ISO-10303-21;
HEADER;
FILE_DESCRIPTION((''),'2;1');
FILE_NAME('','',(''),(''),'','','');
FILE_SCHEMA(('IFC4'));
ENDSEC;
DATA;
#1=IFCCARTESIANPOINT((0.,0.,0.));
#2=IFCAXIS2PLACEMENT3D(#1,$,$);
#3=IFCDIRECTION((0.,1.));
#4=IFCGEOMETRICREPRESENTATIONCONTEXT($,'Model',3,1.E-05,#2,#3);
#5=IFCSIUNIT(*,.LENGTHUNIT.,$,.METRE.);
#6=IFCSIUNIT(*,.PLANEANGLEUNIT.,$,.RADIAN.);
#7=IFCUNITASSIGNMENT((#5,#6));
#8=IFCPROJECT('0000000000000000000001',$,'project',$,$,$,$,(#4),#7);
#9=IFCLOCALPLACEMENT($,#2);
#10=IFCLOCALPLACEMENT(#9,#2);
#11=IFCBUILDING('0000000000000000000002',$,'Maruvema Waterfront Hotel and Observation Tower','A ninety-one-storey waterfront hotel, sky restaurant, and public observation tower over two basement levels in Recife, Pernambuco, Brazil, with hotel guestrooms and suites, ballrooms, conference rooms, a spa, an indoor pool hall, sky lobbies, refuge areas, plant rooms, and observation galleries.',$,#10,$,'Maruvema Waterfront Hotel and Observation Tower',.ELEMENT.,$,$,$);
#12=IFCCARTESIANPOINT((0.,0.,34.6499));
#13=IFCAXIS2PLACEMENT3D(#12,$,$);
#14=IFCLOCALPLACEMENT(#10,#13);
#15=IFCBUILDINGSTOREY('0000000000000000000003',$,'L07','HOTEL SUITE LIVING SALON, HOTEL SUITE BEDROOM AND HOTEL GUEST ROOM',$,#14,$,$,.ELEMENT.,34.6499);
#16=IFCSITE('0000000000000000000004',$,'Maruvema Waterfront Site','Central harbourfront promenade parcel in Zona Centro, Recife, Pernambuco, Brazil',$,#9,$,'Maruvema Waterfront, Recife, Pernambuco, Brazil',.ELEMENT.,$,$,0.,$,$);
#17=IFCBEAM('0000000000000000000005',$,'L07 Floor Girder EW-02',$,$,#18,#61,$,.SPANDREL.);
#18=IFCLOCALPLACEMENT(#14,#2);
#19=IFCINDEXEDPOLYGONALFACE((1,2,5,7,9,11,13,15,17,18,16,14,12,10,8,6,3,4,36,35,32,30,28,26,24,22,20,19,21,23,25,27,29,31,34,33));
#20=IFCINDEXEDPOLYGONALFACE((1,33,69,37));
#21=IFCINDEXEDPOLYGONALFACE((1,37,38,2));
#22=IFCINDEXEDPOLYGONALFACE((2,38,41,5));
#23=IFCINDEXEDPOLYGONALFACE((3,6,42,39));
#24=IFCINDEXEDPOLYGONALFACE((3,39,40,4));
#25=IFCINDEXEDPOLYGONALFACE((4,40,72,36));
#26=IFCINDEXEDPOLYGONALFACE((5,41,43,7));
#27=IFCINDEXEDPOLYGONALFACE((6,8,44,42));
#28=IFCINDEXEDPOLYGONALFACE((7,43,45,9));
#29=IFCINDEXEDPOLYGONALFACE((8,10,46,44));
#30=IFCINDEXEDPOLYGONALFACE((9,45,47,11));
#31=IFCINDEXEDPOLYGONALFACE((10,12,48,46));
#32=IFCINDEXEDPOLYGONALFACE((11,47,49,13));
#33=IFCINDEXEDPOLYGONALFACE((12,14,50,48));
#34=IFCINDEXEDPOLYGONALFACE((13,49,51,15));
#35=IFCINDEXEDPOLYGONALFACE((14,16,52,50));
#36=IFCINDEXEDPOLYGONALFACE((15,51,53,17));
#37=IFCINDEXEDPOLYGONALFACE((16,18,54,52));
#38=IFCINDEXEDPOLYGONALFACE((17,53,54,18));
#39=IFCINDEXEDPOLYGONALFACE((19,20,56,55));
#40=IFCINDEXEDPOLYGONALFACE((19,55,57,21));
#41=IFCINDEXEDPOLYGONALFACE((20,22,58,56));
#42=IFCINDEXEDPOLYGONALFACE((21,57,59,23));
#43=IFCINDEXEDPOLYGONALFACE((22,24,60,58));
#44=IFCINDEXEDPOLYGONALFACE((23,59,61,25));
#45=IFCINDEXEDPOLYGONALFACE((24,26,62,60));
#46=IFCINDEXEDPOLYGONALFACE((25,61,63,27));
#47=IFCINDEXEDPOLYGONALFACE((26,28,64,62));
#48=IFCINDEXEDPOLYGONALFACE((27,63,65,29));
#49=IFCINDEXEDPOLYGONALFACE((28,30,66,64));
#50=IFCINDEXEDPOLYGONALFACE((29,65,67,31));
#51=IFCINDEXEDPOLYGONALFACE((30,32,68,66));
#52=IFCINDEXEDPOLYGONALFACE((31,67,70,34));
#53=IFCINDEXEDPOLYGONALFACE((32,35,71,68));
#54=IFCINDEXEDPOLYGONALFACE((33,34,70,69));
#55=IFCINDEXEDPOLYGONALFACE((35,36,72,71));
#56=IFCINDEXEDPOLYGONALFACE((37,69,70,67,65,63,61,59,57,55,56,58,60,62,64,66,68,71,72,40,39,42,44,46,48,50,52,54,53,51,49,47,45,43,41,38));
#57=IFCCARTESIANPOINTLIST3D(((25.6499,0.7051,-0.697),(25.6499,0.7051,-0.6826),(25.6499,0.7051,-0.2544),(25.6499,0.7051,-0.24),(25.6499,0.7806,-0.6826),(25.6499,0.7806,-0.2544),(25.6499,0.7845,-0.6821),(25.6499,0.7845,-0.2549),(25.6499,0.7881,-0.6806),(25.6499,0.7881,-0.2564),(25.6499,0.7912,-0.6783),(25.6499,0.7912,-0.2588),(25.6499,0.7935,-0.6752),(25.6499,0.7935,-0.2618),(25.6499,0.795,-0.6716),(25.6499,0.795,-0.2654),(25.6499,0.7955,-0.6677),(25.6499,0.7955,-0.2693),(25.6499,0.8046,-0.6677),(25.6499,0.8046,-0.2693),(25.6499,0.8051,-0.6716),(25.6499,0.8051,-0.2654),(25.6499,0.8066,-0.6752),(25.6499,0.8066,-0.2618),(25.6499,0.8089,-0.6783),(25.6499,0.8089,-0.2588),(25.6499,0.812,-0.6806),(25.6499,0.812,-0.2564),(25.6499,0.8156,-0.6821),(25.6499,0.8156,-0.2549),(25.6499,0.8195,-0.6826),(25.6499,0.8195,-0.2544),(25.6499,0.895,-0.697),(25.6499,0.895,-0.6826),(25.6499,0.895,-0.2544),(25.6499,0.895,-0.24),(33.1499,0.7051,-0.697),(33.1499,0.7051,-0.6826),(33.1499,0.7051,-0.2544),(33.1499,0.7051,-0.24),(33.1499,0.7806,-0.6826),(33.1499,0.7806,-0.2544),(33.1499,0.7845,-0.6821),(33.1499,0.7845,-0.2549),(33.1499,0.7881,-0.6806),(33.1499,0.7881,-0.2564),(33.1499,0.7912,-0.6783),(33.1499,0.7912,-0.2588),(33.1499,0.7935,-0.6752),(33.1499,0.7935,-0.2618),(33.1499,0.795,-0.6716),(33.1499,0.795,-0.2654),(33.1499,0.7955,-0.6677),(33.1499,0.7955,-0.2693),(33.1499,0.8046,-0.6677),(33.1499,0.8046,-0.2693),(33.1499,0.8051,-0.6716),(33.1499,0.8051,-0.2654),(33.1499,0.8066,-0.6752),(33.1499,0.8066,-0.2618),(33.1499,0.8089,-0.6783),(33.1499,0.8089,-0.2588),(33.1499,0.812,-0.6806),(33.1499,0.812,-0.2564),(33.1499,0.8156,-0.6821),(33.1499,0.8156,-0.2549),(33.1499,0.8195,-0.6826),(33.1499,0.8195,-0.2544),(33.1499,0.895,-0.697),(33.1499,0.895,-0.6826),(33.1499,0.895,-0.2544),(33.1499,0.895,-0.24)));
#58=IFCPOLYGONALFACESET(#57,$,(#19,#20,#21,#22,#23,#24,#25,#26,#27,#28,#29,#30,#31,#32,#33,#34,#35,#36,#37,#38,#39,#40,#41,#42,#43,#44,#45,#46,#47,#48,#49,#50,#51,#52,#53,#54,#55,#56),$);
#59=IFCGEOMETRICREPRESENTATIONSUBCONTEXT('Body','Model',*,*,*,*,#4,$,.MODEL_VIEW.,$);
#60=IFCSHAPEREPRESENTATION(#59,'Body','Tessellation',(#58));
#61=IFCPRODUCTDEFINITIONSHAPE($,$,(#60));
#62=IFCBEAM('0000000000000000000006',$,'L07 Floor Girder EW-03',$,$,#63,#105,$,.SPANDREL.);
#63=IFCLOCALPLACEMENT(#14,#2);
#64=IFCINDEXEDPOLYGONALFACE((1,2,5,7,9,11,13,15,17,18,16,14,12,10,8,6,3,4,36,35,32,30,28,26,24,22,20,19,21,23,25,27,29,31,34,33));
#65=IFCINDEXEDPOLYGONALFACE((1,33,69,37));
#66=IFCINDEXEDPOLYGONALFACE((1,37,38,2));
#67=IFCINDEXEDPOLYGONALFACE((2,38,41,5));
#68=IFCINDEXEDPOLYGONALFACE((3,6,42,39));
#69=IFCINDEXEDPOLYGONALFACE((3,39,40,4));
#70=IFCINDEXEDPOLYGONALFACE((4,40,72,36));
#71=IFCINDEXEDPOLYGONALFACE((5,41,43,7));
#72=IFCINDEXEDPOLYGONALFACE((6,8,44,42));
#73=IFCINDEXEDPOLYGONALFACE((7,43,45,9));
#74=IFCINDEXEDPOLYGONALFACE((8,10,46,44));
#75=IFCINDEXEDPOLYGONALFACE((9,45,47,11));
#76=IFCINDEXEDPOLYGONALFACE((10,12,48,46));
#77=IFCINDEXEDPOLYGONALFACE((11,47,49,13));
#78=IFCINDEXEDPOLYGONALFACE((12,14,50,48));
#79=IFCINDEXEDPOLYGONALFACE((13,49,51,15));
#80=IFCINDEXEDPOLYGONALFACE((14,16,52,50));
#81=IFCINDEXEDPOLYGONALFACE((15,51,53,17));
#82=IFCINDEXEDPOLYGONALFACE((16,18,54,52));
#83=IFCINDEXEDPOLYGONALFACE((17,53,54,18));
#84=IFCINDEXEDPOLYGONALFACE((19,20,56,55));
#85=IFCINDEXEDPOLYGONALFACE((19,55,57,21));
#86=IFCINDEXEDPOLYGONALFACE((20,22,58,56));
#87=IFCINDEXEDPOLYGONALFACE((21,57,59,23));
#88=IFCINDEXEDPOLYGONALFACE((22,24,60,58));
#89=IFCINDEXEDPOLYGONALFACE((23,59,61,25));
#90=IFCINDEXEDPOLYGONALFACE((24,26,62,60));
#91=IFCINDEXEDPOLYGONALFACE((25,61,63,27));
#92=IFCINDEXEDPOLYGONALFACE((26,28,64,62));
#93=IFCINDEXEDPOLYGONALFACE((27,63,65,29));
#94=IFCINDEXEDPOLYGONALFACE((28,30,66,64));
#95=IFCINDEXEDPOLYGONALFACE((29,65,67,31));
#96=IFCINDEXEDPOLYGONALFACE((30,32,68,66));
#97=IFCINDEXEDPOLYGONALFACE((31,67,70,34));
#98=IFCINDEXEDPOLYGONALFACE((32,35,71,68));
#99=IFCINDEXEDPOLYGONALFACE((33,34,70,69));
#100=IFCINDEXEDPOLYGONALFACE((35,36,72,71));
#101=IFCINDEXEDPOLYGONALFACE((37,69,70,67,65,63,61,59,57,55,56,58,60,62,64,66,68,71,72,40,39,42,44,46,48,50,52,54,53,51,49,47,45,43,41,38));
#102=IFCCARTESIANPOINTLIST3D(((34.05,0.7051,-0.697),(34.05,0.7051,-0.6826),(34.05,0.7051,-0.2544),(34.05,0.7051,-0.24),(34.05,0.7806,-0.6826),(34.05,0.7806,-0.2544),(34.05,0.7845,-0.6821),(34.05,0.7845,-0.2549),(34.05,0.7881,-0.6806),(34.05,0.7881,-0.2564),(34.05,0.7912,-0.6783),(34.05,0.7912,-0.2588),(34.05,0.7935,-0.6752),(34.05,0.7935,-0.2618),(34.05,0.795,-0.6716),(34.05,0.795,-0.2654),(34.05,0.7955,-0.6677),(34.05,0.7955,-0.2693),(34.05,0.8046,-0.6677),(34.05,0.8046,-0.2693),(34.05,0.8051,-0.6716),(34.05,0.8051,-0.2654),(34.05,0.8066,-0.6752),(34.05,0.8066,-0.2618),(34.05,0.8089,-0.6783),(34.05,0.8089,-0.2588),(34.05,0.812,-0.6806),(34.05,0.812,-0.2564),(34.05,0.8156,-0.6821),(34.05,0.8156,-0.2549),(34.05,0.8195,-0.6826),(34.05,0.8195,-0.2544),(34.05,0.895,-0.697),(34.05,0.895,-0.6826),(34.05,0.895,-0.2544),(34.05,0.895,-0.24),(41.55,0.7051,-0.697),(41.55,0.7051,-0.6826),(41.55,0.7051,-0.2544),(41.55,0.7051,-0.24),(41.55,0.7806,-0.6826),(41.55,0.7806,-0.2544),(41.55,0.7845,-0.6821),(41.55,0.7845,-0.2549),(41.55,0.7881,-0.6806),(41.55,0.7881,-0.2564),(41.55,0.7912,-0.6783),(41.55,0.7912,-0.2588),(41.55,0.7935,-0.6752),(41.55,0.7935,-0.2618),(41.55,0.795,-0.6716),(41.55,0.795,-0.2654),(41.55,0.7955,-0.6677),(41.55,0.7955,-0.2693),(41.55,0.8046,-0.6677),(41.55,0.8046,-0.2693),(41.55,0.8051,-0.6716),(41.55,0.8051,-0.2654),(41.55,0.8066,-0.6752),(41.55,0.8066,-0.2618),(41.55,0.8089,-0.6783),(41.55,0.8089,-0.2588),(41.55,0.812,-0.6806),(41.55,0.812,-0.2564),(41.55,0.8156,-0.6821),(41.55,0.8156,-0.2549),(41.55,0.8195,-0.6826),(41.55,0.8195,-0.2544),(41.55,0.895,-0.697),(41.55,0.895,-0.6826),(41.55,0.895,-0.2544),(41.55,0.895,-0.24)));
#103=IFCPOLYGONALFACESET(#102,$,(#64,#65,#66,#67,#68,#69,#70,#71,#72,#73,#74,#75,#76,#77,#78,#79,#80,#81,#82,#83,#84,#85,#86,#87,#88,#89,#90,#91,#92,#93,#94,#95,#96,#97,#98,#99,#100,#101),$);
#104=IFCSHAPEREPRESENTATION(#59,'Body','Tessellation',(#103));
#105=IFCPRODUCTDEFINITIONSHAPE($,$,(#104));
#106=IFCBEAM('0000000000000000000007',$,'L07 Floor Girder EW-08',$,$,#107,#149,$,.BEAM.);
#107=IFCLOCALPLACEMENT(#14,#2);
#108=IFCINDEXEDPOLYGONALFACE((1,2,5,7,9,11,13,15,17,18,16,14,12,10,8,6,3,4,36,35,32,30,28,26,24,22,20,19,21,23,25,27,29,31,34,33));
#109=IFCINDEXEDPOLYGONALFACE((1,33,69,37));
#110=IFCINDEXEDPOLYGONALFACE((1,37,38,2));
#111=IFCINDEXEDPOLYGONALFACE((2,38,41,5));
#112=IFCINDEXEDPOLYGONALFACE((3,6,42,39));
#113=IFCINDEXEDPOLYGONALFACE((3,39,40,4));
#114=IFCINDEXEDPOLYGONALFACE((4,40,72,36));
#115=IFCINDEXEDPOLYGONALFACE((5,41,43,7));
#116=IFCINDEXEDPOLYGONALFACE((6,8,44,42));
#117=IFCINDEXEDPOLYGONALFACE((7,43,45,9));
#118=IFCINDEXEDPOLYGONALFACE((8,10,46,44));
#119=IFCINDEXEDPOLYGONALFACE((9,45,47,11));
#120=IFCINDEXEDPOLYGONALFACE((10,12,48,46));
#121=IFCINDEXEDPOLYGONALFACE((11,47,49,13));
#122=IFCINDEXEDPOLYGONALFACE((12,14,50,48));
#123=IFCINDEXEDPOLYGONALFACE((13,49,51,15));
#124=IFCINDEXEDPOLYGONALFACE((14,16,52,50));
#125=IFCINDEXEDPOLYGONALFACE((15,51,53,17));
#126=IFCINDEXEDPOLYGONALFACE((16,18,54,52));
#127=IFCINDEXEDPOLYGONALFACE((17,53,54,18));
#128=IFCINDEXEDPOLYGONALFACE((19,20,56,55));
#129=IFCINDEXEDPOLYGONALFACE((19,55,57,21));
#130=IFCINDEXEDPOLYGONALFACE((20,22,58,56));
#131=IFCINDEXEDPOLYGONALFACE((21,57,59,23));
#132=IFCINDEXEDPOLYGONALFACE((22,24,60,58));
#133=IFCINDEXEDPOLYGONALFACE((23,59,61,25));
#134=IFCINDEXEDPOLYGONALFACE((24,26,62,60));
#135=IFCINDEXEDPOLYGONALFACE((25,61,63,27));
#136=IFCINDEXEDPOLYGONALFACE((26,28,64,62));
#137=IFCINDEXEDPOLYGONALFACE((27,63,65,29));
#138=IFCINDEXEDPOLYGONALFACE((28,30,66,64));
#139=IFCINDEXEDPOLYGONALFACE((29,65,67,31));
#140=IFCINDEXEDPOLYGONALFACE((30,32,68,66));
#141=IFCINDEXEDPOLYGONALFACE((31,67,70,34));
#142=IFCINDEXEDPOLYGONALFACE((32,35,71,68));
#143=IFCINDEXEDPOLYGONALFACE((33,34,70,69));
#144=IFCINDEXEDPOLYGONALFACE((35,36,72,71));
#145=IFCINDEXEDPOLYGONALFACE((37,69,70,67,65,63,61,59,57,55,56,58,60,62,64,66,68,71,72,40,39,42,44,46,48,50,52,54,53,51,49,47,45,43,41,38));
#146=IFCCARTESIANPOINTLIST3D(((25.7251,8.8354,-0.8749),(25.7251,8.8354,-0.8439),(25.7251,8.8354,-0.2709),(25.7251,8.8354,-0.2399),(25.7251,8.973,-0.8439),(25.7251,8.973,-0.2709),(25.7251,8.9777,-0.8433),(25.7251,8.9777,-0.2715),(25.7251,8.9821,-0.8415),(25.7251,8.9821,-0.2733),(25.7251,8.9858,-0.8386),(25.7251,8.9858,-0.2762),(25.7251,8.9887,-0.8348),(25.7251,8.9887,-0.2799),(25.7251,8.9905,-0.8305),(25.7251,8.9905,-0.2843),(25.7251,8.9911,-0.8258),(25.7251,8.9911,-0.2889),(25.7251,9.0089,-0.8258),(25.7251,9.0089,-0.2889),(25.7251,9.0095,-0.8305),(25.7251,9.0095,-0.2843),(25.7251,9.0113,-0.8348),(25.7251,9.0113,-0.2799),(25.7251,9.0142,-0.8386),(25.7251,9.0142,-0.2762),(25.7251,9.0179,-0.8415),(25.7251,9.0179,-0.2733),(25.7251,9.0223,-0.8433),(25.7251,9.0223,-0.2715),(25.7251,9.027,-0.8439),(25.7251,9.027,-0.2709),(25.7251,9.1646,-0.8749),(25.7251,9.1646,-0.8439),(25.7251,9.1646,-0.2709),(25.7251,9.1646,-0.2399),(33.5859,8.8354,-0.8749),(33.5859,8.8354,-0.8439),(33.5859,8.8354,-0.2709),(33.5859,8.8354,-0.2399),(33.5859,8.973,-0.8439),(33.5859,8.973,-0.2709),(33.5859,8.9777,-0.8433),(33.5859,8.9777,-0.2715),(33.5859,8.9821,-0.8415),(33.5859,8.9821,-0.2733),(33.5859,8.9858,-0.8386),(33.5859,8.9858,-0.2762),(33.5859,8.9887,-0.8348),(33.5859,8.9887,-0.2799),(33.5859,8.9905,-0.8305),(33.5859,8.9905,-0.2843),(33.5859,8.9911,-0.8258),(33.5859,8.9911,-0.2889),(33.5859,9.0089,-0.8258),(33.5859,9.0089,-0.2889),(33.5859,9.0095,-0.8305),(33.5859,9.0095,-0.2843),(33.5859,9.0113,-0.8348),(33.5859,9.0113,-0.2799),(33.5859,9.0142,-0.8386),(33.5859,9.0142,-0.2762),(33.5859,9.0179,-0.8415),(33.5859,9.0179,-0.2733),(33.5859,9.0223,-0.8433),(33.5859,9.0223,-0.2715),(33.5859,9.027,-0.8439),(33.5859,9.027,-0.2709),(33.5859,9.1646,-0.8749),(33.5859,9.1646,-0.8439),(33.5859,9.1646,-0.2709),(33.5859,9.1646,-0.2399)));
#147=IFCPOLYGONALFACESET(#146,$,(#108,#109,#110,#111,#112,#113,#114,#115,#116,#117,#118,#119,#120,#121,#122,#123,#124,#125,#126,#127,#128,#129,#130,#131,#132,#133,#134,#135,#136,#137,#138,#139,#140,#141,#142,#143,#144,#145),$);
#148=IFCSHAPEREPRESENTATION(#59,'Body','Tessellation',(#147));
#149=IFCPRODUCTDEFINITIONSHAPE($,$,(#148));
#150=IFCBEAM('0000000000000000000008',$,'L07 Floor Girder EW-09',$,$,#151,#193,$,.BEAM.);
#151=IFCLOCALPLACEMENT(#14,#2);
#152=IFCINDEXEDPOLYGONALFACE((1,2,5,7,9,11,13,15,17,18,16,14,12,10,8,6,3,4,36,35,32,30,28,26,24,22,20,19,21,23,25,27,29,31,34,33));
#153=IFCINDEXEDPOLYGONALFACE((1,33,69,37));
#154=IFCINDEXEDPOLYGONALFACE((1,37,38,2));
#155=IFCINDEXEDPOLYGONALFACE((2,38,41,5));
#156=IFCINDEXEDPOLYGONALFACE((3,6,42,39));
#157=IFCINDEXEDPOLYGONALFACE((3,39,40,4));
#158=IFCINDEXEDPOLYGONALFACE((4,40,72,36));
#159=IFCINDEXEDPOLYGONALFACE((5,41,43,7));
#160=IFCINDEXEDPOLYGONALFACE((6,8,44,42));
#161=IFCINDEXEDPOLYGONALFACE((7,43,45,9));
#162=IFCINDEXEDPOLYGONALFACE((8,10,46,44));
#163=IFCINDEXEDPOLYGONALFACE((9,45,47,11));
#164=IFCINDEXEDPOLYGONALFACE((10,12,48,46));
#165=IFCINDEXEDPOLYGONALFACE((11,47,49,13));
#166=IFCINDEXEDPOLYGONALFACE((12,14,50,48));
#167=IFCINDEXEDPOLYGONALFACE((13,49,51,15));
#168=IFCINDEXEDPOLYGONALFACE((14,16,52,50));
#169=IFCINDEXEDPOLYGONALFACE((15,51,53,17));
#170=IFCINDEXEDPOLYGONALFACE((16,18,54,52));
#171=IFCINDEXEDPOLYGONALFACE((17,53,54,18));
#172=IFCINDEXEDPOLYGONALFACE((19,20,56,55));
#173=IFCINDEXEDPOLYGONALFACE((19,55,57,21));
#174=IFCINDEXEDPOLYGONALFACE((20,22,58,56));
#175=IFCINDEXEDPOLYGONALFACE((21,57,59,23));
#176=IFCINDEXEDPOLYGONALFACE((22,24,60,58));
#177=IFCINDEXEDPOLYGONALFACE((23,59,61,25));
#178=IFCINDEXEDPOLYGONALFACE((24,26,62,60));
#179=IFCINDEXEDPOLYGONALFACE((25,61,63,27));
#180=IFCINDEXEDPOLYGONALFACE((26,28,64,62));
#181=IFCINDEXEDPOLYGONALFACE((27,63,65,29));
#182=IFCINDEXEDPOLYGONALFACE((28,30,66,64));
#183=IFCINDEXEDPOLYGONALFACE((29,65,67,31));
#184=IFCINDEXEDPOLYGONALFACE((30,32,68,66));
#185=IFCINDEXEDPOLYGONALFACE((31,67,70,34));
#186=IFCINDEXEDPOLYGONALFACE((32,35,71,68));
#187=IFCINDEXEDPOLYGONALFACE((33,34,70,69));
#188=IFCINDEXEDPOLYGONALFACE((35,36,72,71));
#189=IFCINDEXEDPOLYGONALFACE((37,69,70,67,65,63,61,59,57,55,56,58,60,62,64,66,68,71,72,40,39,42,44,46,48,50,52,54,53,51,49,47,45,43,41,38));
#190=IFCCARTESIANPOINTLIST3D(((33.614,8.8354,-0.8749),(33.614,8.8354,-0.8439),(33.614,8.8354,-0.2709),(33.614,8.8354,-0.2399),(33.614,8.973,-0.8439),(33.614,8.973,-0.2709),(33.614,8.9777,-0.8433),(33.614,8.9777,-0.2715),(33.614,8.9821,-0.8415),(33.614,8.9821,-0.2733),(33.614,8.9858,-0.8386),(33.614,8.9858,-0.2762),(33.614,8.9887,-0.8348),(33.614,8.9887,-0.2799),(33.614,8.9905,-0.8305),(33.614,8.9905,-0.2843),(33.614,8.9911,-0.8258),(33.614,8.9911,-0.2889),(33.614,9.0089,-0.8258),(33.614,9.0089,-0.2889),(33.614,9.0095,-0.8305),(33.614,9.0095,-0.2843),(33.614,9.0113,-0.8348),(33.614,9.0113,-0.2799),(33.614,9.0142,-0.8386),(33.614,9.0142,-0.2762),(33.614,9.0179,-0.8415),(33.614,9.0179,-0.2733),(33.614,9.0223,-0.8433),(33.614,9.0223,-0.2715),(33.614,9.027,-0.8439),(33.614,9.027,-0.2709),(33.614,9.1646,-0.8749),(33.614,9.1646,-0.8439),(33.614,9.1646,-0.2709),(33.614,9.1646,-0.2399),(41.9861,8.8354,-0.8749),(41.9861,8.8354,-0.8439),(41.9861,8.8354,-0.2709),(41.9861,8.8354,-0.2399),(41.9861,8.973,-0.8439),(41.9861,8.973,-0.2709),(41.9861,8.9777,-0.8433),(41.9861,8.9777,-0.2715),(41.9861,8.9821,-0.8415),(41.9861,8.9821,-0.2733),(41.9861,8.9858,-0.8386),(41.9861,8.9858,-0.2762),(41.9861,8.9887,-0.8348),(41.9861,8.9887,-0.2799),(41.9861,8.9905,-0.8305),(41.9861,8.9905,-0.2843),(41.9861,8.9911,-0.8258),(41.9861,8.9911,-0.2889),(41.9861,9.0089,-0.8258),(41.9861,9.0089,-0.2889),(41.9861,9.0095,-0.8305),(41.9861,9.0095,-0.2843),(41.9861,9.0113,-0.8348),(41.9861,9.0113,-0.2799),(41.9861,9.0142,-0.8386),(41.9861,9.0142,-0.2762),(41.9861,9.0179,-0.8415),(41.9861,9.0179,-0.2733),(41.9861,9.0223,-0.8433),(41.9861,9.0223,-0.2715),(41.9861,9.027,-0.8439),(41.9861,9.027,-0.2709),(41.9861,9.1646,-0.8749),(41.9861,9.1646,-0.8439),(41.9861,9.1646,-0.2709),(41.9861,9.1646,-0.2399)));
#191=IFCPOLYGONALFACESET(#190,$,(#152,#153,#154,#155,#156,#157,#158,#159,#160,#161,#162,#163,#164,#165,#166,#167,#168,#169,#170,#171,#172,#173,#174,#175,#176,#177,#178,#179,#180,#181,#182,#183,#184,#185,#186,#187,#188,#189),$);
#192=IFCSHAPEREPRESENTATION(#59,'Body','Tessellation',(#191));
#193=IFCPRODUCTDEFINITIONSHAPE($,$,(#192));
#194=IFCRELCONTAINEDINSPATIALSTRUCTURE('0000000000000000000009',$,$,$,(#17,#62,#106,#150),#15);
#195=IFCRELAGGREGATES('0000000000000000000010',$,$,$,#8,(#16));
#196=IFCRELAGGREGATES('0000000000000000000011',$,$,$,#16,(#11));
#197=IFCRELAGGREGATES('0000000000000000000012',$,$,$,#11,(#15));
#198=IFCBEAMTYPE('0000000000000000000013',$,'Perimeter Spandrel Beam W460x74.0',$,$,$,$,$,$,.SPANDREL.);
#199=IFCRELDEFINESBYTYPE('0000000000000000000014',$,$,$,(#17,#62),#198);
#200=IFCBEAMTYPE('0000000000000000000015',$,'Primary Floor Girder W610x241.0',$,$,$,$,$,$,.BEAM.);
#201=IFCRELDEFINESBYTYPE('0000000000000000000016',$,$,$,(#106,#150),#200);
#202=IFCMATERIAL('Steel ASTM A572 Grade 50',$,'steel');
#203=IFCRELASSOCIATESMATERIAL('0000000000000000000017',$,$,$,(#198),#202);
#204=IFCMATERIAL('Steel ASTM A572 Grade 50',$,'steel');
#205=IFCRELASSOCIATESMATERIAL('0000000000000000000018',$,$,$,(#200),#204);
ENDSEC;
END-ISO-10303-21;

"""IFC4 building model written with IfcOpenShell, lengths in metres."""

from ifc_helpers import new_model, si_unit, direction, frame, origin, origin_2d, place, context, subcontext, project, spatial, i_section, extrude, material, material_profile, profile_set, type_object, element, save


model = new_model("IFC4")

# Units and contexts
model_context = context("Model", 3, precision=1e-05, world=origin(), true_north=direction((0.0, 1.0)))
body_context = subcontext(model_context, "Body", "Model", "MODEL_VIEW")
ifc_project = project(units=[si_unit("LENGTHUNIT", "METRE"), si_unit("PLANEANGLEUNIT", "RADIAN")], contexts=[model_context])

# Site, building, storey
site_placement = place(None, origin())
site = spatial("IfcSite", under=ifc_project, at=site_placement, Name="Maruvema Waterfront Site", Description="Central harbourfront promenade parcel in Zona Centro, Recife, Pernambuco, Brazil", LongName="Maruvema Waterfront, Recife, Pernambuco, Brazil", CompositionType="ELEMENT", RefElevation=0.0)
building_placement = place(site_placement, origin())
building = spatial("IfcBuilding", under=site, at=building_placement, Name="Maruvema Waterfront Hotel and Observation Tower", Description="A ninety-one-storey waterfront hotel, sky restaurant, and public observation tower over two basement levels in Recife, Pernambuco, Brazil, with hotel guestrooms and suites, ballrooms, conference rooms, a spa, an indoor pool hall, sky lobbies, refuge areas, plant rooms, and observation galleries.", LongName="Maruvema Waterfront Hotel and Observation Tower", CompositionType="ELEMENT")
storey_placement = place(building_placement, frame((0.0, 0.0, 34.6499)))
storey = spatial("IfcBuildingStorey", under=building, at=storey_placement, Name="L07", Description="HOTEL SUITE LIVING SALON, HOTEL SUITE BEDROOM AND HOTEL GUEST ROOM", CompositionType="ELEMENT", Elevation=34.6499)

# Beams
ifc_material_1 = material(Name="Steel ASTM A572 Grade 50", Category="steel")
ifc_material_profile_1 = material_profile(ifc_material_1, i_section(OverallWidth=0.1899, OverallDepth=0.457, WebThickness=0.009, FlangeThickness=0.0144, FilletRadius=0.0149, at=origin_2d()), Name="W460x74.0")
ifc_profile_set_1 = profile_set([ifc_material_profile_1], Name="Steel ASTM A572 Grade 50")
beam_type_1 = type_object("IfcBeamType", Name="Perimeter Spandrel Beam W460x74.0", PredefinedType="SPANDREL", material=ifc_profile_set_1)
for number, where, z_axis, x_axis, name in (
    (1, (25.6499, 0.8, -0.4685), (1.0, 0.0, 0.0), (0.0, 1.0, 0.0), "L07 Floor Girder EW-02"),
    (2, (34.05, 0.8, -0.4685), (1.0, 0.0, 0.0), (0.0, 1.0, 0.0), "L07 Floor Girder EW-03"),
):
    element("IfcBeam", number, at=place(storey_placement, frame(where, z_axis=z_axis, x_axis=x_axis)), inside=storey, type_object=beam_type_1, Name=name, PredefinedType="SPANDREL", context=body_context, shape_type="SweptSolid", body=[
        extrude(i_section(OverallWidth=0.1899, OverallDepth=0.457, WebThickness=0.009, FlangeThickness=0.0144, FilletRadius=0.0149, at=origin_2d()), origin(), (0.0, 0.0, 1.0), 7.5),
    ])
ifc_material_2 = material(Name="Steel ASTM A572 Grade 50", Category="steel")
ifc_material_profile_2 = material_profile(ifc_material_2, i_section(OverallWidth=0.3291, OverallDepth=0.635, WebThickness=0.0178, FlangeThickness=0.031, FilletRadius=0.0181, at=origin_2d()), Name="W610x241.0")
ifc_profile_set_2 = profile_set([ifc_material_profile_2], Name="Steel ASTM A572 Grade 50")
beam_type_2 = type_object("IfcBeamType", Name="Primary Floor Girder W610x241.0", PredefinedType="BEAM", material=ifc_profile_set_2)
beam_1_placement = place(storey_placement, frame((25.7251, 9.0, -0.5574), z_axis=(1.0, 0.0, 0.0), x_axis=(0.0, 1.0, 0.0)))
element("IfcBeam", 3, at=beam_1_placement, inside=storey, type_object=beam_type_2, Name="L07 Floor Girder EW-08", PredefinedType="BEAM", context=body_context, shape_type="SweptSolid", body=[
    extrude(i_section(OverallWidth=0.3291, OverallDepth=0.635, WebThickness=0.0178, FlangeThickness=0.031, FilletRadius=0.0181, at=origin_2d()), origin(), (0.0, 0.0, 1.0), 7.8608),
])
beam_2_placement = place(storey_placement, frame((33.614, 9.0, -0.5574), z_axis=(1.0, 0.0, 0.0), x_axis=(0.0, 1.0, 0.0)))
element("IfcBeam", 4, at=beam_2_placement, inside=storey, type_object=beam_type_2, Name="L07 Floor Girder EW-09", PredefinedType="BEAM", context=body_context, shape_type="SweptSolid", body=[
    extrude(i_section(OverallWidth=0.3291, OverallDepth=0.635, WebThickness=0.0178, FlangeThickness=0.031, FilletRadius=0.0181, at=origin_2d()), origin(), (0.0, 0.0, 1.0), 8.3721),
])

save(model, "model.ifc")
